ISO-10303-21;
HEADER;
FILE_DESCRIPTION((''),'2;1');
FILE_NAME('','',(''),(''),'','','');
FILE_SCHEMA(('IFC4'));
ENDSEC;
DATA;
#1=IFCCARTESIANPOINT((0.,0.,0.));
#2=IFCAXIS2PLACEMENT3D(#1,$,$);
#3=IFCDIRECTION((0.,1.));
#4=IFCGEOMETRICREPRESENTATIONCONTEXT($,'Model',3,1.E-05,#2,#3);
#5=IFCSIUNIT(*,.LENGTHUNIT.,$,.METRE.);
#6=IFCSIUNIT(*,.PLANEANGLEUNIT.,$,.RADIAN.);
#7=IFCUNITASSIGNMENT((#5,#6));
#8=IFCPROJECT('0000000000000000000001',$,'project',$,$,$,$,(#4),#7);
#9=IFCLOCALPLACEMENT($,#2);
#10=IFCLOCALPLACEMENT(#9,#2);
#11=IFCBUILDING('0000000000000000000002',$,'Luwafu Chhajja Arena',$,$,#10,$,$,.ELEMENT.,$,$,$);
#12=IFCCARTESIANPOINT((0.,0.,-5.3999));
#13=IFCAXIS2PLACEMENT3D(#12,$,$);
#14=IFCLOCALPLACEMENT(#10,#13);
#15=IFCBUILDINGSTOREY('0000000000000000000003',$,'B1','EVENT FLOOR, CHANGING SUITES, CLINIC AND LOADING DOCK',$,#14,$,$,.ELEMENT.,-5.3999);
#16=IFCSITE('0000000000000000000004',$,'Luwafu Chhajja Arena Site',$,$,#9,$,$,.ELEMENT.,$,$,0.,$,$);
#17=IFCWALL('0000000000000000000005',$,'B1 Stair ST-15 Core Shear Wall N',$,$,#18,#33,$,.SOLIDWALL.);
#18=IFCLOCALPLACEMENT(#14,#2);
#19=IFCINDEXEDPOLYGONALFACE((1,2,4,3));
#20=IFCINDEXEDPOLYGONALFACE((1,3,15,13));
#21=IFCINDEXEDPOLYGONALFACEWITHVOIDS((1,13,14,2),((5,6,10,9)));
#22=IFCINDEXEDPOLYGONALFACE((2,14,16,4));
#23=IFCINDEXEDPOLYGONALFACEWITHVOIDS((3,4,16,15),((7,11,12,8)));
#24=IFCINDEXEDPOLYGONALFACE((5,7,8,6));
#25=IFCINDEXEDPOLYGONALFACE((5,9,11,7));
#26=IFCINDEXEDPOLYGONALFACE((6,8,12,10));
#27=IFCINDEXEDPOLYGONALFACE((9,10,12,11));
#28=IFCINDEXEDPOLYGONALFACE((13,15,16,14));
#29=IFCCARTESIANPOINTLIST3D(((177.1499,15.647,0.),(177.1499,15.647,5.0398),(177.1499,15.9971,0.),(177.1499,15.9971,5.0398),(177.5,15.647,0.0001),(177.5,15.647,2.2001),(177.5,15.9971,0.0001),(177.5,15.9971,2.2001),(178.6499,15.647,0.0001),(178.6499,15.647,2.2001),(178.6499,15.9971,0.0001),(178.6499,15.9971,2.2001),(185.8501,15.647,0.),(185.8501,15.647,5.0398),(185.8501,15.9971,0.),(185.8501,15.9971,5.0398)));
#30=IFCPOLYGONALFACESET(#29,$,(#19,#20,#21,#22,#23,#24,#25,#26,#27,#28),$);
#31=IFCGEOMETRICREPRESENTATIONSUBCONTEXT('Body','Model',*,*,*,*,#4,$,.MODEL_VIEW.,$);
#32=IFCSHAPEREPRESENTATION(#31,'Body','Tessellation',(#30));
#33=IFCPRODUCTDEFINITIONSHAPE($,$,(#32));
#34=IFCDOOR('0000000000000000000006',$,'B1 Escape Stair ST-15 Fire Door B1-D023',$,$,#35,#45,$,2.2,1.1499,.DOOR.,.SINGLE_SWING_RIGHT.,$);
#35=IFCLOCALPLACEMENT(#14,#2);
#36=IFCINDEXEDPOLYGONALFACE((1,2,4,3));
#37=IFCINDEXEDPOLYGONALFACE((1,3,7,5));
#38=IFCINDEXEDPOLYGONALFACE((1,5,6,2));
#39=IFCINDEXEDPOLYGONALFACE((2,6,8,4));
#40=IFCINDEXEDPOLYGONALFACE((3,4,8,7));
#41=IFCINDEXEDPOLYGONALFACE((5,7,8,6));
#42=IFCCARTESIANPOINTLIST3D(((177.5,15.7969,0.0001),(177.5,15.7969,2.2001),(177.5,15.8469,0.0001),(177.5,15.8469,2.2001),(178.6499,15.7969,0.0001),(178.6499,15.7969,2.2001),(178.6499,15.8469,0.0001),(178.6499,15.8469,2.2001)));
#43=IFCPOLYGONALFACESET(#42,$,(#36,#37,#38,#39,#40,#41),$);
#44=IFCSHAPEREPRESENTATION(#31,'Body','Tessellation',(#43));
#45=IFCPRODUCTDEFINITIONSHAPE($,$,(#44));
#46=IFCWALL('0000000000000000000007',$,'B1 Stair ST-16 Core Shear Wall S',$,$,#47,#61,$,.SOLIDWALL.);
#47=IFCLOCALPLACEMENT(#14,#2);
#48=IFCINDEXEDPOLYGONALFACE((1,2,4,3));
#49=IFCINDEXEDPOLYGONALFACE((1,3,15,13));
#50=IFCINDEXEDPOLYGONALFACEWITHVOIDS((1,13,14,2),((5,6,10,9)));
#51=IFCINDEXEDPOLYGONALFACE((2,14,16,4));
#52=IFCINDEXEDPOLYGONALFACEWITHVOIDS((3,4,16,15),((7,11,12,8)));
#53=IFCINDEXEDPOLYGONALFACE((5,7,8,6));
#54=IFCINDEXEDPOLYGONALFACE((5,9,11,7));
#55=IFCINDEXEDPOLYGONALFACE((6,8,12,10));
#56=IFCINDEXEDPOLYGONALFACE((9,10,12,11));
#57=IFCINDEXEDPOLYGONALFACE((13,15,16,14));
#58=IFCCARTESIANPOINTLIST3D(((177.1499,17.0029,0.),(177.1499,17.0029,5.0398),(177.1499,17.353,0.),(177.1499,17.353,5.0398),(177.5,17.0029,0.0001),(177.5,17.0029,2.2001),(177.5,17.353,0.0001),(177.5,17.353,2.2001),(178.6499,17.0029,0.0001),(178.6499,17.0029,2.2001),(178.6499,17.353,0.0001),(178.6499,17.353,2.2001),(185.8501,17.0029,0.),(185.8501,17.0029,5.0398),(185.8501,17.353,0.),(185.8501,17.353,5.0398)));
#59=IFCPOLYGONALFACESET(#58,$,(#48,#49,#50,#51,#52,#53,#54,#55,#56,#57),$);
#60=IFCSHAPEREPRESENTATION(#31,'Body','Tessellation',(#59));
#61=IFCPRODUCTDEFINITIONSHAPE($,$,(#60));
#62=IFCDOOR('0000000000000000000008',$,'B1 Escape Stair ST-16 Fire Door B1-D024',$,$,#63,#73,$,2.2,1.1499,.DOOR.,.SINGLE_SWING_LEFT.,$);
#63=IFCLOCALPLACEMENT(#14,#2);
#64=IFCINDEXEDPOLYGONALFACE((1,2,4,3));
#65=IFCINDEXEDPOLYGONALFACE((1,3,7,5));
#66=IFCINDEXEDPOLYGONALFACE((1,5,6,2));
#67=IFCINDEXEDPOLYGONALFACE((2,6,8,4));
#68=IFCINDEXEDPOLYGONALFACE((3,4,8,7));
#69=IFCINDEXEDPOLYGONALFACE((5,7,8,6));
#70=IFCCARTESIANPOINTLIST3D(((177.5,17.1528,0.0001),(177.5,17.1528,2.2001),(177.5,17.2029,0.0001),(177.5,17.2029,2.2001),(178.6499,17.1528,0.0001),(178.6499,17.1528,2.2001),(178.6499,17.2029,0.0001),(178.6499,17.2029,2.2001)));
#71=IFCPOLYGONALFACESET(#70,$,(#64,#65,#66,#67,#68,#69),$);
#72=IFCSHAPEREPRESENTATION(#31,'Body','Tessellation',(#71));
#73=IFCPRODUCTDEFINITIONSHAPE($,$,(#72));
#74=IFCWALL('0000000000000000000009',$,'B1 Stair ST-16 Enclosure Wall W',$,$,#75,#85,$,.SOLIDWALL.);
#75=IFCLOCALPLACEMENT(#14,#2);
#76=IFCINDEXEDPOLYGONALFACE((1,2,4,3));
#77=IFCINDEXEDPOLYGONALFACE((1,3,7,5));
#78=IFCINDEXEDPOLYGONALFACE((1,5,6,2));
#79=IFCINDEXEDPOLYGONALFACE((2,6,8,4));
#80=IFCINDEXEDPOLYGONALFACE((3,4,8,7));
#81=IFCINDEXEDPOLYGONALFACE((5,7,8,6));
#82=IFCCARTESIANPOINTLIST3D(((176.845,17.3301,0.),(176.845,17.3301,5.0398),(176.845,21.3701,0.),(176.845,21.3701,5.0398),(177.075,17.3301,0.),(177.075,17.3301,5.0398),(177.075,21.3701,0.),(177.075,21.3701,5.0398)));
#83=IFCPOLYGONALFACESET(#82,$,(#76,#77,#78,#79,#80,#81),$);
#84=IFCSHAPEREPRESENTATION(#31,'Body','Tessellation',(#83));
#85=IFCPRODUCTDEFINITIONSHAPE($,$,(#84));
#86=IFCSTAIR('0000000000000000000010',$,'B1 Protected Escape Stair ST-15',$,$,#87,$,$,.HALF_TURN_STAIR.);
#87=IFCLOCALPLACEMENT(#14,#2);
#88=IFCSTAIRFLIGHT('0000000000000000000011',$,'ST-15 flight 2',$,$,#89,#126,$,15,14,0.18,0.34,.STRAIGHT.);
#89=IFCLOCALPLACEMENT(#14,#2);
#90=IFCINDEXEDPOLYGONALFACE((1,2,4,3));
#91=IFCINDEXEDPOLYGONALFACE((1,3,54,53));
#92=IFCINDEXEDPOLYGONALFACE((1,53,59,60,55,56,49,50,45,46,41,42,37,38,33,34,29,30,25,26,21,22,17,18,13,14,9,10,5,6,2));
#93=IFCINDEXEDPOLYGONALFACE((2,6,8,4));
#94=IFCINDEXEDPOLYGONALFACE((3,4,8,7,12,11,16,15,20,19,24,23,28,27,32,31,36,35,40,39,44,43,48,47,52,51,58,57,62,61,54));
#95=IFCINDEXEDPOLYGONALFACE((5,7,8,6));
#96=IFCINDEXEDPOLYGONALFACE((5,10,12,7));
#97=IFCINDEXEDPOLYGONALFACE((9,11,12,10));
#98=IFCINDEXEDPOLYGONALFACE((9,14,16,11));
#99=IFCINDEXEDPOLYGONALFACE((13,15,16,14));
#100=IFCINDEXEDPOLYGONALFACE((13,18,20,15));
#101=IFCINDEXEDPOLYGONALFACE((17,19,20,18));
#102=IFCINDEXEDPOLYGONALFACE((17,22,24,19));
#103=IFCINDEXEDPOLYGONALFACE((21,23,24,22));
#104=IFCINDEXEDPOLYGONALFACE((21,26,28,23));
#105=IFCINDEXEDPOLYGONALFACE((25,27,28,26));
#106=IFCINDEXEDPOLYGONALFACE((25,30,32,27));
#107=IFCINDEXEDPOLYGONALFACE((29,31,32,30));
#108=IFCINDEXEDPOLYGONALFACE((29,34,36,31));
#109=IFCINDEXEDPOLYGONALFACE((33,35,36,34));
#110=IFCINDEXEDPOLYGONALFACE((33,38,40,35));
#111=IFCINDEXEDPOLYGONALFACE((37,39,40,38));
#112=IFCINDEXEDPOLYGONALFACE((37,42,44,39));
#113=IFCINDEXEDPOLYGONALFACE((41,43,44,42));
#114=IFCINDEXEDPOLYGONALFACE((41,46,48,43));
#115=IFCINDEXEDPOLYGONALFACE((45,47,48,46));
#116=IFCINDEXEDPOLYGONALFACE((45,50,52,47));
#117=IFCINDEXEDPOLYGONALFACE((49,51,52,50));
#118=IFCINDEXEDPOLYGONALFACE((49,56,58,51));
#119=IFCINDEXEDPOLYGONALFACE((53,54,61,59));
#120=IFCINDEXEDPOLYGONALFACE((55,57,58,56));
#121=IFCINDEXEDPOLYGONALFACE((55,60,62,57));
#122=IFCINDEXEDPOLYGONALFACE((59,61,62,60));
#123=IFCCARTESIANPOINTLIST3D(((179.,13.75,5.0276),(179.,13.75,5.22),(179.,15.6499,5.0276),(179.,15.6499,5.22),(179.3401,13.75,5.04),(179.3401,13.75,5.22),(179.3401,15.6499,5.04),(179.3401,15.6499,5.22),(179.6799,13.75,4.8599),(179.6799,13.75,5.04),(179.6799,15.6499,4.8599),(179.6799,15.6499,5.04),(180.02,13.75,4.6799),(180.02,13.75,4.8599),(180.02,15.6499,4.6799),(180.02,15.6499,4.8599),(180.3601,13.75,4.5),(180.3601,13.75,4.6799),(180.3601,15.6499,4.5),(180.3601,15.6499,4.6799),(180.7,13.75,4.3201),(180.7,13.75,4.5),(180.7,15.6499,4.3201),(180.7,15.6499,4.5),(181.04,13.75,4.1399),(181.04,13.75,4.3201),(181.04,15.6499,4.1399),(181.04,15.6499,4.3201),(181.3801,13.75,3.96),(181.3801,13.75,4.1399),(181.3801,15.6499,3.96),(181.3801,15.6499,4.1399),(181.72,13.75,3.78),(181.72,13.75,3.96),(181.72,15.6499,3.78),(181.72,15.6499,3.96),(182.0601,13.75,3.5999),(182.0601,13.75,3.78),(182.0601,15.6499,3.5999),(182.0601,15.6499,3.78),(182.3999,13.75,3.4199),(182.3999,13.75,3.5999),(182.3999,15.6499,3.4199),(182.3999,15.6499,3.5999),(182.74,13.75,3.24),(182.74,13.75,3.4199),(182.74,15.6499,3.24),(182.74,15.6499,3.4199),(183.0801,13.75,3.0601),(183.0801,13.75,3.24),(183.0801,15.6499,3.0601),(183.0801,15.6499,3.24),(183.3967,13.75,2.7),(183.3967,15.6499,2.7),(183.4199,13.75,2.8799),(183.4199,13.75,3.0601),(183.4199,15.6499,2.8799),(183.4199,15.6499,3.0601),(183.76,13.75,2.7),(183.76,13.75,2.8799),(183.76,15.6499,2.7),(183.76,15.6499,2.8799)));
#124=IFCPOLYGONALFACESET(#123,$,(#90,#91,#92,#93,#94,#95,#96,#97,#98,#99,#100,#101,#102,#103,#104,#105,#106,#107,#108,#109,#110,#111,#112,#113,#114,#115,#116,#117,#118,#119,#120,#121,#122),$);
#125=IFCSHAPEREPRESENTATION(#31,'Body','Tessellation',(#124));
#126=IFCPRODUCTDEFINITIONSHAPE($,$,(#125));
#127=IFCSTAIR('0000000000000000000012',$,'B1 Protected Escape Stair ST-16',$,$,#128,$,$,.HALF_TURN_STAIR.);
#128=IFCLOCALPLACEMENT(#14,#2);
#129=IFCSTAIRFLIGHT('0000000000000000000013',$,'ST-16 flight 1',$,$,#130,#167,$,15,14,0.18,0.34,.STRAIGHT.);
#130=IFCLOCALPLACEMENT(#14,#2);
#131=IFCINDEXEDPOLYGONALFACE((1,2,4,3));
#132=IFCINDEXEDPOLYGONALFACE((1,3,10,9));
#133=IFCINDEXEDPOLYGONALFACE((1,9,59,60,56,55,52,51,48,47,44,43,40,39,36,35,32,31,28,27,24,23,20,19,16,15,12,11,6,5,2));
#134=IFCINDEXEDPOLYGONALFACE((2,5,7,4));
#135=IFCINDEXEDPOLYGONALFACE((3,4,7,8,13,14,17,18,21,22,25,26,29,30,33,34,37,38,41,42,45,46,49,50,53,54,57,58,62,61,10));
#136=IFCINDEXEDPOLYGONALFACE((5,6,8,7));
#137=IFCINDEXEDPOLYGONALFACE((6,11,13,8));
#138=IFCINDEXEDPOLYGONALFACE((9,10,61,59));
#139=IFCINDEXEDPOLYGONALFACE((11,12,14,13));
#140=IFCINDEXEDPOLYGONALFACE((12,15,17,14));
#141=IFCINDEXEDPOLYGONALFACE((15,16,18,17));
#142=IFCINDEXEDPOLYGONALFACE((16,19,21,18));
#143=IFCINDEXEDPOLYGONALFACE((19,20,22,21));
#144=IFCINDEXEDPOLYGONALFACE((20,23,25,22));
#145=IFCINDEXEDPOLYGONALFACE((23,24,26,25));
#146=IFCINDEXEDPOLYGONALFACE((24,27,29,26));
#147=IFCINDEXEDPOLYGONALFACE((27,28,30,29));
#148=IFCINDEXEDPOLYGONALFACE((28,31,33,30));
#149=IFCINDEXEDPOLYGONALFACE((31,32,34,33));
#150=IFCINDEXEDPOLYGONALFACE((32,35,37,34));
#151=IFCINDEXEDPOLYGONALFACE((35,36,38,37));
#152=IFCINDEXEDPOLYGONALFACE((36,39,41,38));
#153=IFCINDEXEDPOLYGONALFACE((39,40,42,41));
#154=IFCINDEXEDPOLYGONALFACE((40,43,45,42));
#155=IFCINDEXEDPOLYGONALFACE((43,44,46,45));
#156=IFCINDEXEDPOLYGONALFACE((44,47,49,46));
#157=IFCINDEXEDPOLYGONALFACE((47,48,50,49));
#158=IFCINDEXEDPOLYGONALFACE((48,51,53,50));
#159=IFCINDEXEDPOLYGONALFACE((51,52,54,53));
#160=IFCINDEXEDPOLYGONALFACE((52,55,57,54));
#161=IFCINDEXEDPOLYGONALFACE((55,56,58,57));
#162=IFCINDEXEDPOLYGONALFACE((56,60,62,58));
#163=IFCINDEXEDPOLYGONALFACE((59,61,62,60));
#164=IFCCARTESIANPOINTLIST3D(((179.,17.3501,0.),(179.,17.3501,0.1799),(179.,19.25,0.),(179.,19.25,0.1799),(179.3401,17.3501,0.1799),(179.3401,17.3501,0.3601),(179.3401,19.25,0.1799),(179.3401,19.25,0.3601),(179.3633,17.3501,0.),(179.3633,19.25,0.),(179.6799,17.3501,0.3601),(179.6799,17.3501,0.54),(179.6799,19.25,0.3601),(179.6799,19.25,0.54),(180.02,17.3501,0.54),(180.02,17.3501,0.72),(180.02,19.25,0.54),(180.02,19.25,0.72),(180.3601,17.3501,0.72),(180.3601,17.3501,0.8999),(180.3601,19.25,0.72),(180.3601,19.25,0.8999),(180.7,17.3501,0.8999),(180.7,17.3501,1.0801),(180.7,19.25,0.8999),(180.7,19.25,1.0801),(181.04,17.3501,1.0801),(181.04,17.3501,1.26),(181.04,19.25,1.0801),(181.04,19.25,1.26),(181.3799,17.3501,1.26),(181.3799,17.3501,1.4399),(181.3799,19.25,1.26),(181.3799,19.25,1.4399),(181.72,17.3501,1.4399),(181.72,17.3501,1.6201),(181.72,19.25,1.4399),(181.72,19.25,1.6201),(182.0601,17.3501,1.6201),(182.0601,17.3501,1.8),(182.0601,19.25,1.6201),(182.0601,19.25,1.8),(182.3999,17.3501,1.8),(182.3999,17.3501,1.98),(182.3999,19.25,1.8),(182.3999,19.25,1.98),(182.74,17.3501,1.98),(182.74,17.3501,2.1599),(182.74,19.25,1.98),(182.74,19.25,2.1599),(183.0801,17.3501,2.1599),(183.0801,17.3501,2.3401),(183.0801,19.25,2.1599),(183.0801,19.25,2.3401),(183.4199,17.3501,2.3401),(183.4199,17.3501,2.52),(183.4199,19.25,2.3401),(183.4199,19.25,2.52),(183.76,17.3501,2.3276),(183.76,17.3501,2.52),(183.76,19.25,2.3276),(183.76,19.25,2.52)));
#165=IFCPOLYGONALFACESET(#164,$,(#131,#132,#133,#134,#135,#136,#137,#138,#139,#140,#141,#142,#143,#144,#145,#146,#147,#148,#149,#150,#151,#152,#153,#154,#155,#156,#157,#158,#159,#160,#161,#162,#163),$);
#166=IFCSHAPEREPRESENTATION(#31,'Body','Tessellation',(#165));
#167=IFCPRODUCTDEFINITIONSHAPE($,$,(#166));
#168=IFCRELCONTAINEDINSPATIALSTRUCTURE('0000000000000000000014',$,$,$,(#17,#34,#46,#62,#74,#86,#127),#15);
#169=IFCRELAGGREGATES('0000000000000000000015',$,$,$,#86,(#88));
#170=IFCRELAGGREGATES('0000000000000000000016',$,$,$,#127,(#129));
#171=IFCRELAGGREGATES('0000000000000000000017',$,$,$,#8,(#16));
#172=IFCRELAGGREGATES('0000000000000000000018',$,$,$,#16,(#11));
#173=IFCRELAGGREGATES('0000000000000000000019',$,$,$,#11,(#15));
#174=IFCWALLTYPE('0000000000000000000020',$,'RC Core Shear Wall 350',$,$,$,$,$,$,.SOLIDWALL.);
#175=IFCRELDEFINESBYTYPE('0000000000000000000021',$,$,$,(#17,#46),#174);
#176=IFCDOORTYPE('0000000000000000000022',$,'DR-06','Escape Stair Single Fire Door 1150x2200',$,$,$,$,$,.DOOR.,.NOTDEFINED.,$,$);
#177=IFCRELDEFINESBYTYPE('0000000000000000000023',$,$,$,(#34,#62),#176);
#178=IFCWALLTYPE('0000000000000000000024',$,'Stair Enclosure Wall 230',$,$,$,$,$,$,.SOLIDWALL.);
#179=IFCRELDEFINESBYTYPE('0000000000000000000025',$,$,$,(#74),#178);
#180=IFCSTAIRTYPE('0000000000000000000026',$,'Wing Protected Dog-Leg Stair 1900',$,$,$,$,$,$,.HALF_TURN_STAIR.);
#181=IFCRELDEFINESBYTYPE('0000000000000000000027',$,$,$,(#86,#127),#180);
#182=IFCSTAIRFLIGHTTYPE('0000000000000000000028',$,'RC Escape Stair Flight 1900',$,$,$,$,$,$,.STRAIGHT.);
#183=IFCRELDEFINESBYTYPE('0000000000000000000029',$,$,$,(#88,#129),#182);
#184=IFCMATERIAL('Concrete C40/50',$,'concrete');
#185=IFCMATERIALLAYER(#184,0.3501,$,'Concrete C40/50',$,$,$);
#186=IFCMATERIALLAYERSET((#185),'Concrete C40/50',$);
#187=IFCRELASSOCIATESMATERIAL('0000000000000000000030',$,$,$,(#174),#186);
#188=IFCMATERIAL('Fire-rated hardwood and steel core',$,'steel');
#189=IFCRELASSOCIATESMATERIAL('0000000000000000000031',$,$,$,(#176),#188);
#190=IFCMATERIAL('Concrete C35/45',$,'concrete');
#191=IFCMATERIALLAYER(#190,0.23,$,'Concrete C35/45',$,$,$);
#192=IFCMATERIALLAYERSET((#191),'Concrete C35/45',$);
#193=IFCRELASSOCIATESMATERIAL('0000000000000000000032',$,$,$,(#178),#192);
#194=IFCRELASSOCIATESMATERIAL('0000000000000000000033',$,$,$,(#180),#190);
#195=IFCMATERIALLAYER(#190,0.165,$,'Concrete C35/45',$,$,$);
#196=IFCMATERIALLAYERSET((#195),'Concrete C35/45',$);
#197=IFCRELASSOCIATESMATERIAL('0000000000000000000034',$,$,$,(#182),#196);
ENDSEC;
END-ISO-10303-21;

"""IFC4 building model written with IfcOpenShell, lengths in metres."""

from ifc_helpers import new_model, si_unit, direction, frame, frame_2d, origin, place, context, subcontext, project, spatial, polyline, rectangle, outline, extrude, material, layer, layer_set, type_object, element, fill, aggregate, save


model = new_model("IFC4")

# Units and contexts
model_context = context("Model", 3, precision=1e-05, world=origin(), true_north=direction((0.0, 1.0)))
body_context = subcontext(model_context, "Body", "Model", "MODEL_VIEW")
ifc_project = project(units=[si_unit("LENGTHUNIT", "METRE"), si_unit("PLANEANGLEUNIT", "RADIAN")], contexts=[model_context])

# Site, building, storey
site_placement = place(None, origin())
site = spatial("IfcSite", under=ifc_project, at=site_placement, Name="Luwafu Chhajja Arena Site", CompositionType="ELEMENT", RefElevation=0.0)
building_placement = place(site_placement, origin())
building = spatial("IfcBuilding", under=site, at=building_placement, Name="Luwafu Chhajja Arena", CompositionType="ELEMENT")
storey_placement = place(building_placement, frame((0.0, 0.0, -5.3999)))
storey = spatial("IfcBuildingStorey", under=building, at=storey_placement, Name="B1", Description="EVENT FLOOR, CHANGING SUITES, CLINIC AND LOADING DOCK", CompositionType="ELEMENT", Elevation=-5.3999)

# Walls, openings, doors
ifc_material_1 = material(Name="Concrete C40/50", Category="concrete")
ifc_layer_1 = layer(ifc_material_1, 0.3501, Name="Concrete C40/50")
ifc_layer_set_1 = layer_set([ifc_layer_1], Name="Concrete C40/50")
wall_type_1 = type_object("IfcWallType", Name="RC Core Shear Wall 350", PredefinedType="SOLIDWALL", material=ifc_layer_set_1)
wall_1_placement = place(storey_placement, frame((177.1499, 15.822, 0.0), z_axis=(0.0, 0.0, 1.0), x_axis=(1.0, 0.0, 0.0)))
wall_1 = element("IfcWall", 1, at=wall_1_placement, inside=storey, type_object=wall_type_1, Name="B1 Stair ST-15 Core Shear Wall N", PredefinedType="SOLIDWALL", context=body_context, shape_type="SweptSolid", body=[
    extrude(rectangle(XDim=8.7002, YDim=0.3501, at=frame_2d((4.3501, 0.0))), origin(), (0.0, 0.0, 1.0), 5.0398),
])
opening_1_placement = place(wall_1_placement, frame((0.3501, 0.0, 0.0)))
opening_1 = element("IfcOpeningElement", 2, at=opening_1_placement, cuts=wall_1, PredefinedType="OPENING", context=body_context, shape_type="SweptSolid", body=[
    extrude(rectangle(XDim=1.1499, YDim=2.2, at=frame_2d((0.575, 1.1001))), frame((0.0, 0.1851, 0.0), z_axis=(0.0, -1.0, 0.0), x_axis=(1.0, 0.0, 0.0)), (0.0, 0.0, 1.0), 0.3701),
])
ifc_material_2 = material(Name="Fire-rated hardwood and steel core", Category="steel")
door_type = type_object("IfcDoorType", Name="DR-06", Description="Escape Stair Single Fire Door 1150x2200", OperationType="NOTDEFINED", PredefinedType="DOOR", material=ifc_material_2)
door_1_placement = place(opening_1_placement, origin())
door_1 = element("IfcDoor", 3, at=door_1_placement, inside=storey, type_object=door_type, Name="B1 Escape Stair ST-15 Fire Door B1-D023", OperationType="SINGLE_SWING_RIGHT", OverallHeight=2.2, OverallWidth=1.1499, PredefinedType="DOOR", context=body_context, shape_type="SweptSolid", body=[
    extrude(rectangle(XDim=1.1499, YDim=2.2, at=frame_2d((0.575, 1.1001))), frame((0.0, 0.0249, 0.0), z_axis=(0.0, -1.0, 0.0), x_axis=(1.0, 0.0, 0.0)), (0.0, 0.0, 1.0), 0.05),
])
fill(opening_1, door_1)
wall_2_placement = place(storey_placement, frame((177.1499, 17.178, 0.0), z_axis=(0.0, 0.0, 1.0), x_axis=(1.0, 0.0, 0.0)))
wall_2 = element("IfcWall", 4, at=wall_2_placement, inside=storey, type_object=wall_type_1, Name="B1 Stair ST-16 Core Shear Wall S", PredefinedType="SOLIDWALL", context=body_context, shape_type="SweptSolid", body=[
    extrude(rectangle(XDim=8.7002, YDim=0.3501, at=frame_2d((4.3501, 0.0))), origin(), (0.0, 0.0, 1.0), 5.0398),
])
opening_2_placement = place(wall_2_placement, frame((0.3501, 0.0, 0.0)))
opening_2 = element("IfcOpeningElement", 5, at=opening_2_placement, cuts=wall_2, PredefinedType="OPENING", context=body_context, shape_type="SweptSolid", body=[
    extrude(rectangle(XDim=1.1499, YDim=2.2, at=frame_2d((0.575, 1.1001))), frame((0.0, 0.1851, 0.0), z_axis=(0.0, -1.0, 0.0), x_axis=(1.0, 0.0, 0.0)), (0.0, 0.0, 1.0), 0.3701),
])
door_2_placement = place(opening_2_placement, origin())
door_2 = element("IfcDoor", 6, at=door_2_placement, inside=storey, type_object=door_type, Name="B1 Escape Stair ST-16 Fire Door B1-D024", OperationType="SINGLE_SWING_LEFT", OverallHeight=2.2, OverallWidth=1.1499, PredefinedType="DOOR", context=body_context, shape_type="SweptSolid", body=[
    extrude(rectangle(XDim=1.1499, YDim=2.2, at=frame_2d((0.575, 1.1001))), frame((0.0, 0.0249, 0.0), z_axis=(0.0, -1.0, 0.0), x_axis=(1.0, 0.0, 0.0)), (0.0, 0.0, 1.0), 0.05),
])
fill(opening_2, door_2)

# Wall
ifc_material_3 = material(Name="Concrete C35/45", Category="concrete")
ifc_layer_2 = layer(ifc_material_3, 0.23, Name="Concrete C35/45")
ifc_layer_set_2 = layer_set([ifc_layer_2], Name="Concrete C35/45")
wall_type_2 = type_object("IfcWallType", Name="Stair Enclosure Wall 230", PredefinedType="SOLIDWALL", material=ifc_layer_set_2)
wall_3_placement = place(storey_placement, frame((176.96, 17.3301, 0.0), z_axis=(0.0, 0.0, 1.0), x_axis=(0.0, 1.0, 0.0)))
element("IfcWall", 7, at=wall_3_placement, inside=storey, type_object=wall_type_2, Name="B1 Stair ST-16 Enclosure Wall W", PredefinedType="SOLIDWALL", context=body_context, shape_type="SweptSolid", body=[
    extrude(rectangle(XDim=4.04, YDim=0.23, at=frame_2d((2.02, 0.0))), origin(), (0.0, 0.0, 1.0), 5.0398),
])

# Stair, stair flight
stair_type = type_object("IfcStairType", Name="Wing Protected Dog-Leg Stair 1900", PredefinedType="HALF_TURN_STAIR", material=ifc_material_3)
stair_1_placement = place(storey_placement, origin())
stair_1 = element("IfcStair", 8, at=stair_1_placement, inside=storey, type_object=stair_type, Name="B1 Protected Escape Stair ST-15", PredefinedType="HALF_TURN_STAIR")
ifc_layer_3 = layer(ifc_material_3, 0.165, Name="Concrete C35/45")
ifc_layer_set_3 = layer_set([ifc_layer_3], Name="Concrete C35/45")
stair_flight_type = type_object("IfcStairFlightType", Name="RC Escape Stair Flight 1900", PredefinedType="STRAIGHT", material=ifc_layer_set_3)
stair_flight_1_placement = place(storey_placement, frame((183.76, 14.7, 2.7), z_axis=(0.0, 0.0, 1.0), x_axis=(-1.0, 0.0, 0.0)))
stair_flight_1 = element("IfcStairFlight", 9, at=stair_flight_1_placement, type_object=stair_flight_type, Name="ST-15 flight 2", NumberOfRisers=15, NumberOfTreads=14, PredefinedType="STRAIGHT", RiserHeight=0.18, TreadLength=0.34, context=body_context, shape_type="SweptSolid", body=[
    extrude(outline(polyline([(0.0, 0.0), (0.0, 0.1799), (0.3401, 0.1799), (0.3401, 0.3601), (0.6799, 0.3601), (0.6799, 0.54), (1.02, 0.54), (1.02, 0.72), (1.3601, 0.72), (1.3601, 0.8999), (1.7, 0.8999), (1.7, 1.0801), (2.04, 1.0801), (2.04, 1.26), (2.3799, 1.26), (2.3799, 1.4399), (2.72, 1.4399), (2.72, 1.6201), (3.0601, 1.6201), (3.0601, 1.8), (3.3999, 1.8), (3.3999, 1.98), (3.74, 1.98), (3.74, 2.1599), (4.0801, 2.1599), (4.0801, 2.3401), (4.4199, 2.3401), (4.4199, 2.52), (4.76, 2.52), (4.76, 2.7), (4.76, 2.3276), (0.3633, 0.0), (0.0, 0.0)])), frame((0.0, 0.95, 0.0), z_axis=(0.0, -1.0, 0.0), x_axis=(1.0, 0.0, 0.0)), (0.0, 0.0, 1.0), 1.8999),
])
aggregate(stair_1, [stair_flight_1])

# Stair, stair flight
stair_2_placement = place(storey_placement, origin())
stair_2 = element("IfcStair", 10, at=stair_2_placement, inside=storey, type_object=stair_type, Name="B1 Protected Escape Stair ST-16", PredefinedType="HALF_TURN_STAIR")
stair_flight_2_placement = place(storey_placement, frame((179.0, 18.3, 0.0), z_axis=(0.0, 0.0, 1.0), x_axis=(1.0, 0.0, 0.0)))
stair_flight_2 = element("IfcStairFlight", 11, at=stair_flight_2_placement, type_object=stair_flight_type, Name="ST-16 flight 1", NumberOfRisers=15, NumberOfTreads=14, PredefinedType="STRAIGHT", RiserHeight=0.18, TreadLength=0.34, context=body_context, shape_type="SweptSolid", body=[
    extrude(outline(polyline([(0.0, 0.0), (0.0, 0.1799), (0.3401, 0.1799), (0.3401, 0.3601), (0.6799, 0.3601), (0.6799, 0.54), (1.02, 0.54), (1.02, 0.72), (1.3601, 0.72), (1.3601, 0.8999), (1.7, 0.8999), (1.7, 1.0801), (2.04, 1.0801), (2.04, 1.26), (2.3799, 1.26), (2.3799, 1.4399), (2.72, 1.4399), (2.72, 1.6201), (3.0601, 1.6201), (3.0601, 1.8), (3.3999, 1.8), (3.3999, 1.98), (3.74, 1.98), (3.74, 2.1599), (4.0801, 2.1599), (4.0801, 2.3401), (4.4199, 2.3401), (4.4199, 2.52), (4.76, 2.52), (4.76, 2.7), (4.76, 2.3276), (0.3633, 0.0), (0.0, 0.0)])), frame((0.0, 0.95, 0.0), z_axis=(0.0, -1.0, 0.0), x_axis=(1.0, 0.0, 0.0)), (0.0, 0.0, 1.0), 1.8999),
])
aggregate(stair_2, [stair_flight_2])

save(model, "model.ifc")
